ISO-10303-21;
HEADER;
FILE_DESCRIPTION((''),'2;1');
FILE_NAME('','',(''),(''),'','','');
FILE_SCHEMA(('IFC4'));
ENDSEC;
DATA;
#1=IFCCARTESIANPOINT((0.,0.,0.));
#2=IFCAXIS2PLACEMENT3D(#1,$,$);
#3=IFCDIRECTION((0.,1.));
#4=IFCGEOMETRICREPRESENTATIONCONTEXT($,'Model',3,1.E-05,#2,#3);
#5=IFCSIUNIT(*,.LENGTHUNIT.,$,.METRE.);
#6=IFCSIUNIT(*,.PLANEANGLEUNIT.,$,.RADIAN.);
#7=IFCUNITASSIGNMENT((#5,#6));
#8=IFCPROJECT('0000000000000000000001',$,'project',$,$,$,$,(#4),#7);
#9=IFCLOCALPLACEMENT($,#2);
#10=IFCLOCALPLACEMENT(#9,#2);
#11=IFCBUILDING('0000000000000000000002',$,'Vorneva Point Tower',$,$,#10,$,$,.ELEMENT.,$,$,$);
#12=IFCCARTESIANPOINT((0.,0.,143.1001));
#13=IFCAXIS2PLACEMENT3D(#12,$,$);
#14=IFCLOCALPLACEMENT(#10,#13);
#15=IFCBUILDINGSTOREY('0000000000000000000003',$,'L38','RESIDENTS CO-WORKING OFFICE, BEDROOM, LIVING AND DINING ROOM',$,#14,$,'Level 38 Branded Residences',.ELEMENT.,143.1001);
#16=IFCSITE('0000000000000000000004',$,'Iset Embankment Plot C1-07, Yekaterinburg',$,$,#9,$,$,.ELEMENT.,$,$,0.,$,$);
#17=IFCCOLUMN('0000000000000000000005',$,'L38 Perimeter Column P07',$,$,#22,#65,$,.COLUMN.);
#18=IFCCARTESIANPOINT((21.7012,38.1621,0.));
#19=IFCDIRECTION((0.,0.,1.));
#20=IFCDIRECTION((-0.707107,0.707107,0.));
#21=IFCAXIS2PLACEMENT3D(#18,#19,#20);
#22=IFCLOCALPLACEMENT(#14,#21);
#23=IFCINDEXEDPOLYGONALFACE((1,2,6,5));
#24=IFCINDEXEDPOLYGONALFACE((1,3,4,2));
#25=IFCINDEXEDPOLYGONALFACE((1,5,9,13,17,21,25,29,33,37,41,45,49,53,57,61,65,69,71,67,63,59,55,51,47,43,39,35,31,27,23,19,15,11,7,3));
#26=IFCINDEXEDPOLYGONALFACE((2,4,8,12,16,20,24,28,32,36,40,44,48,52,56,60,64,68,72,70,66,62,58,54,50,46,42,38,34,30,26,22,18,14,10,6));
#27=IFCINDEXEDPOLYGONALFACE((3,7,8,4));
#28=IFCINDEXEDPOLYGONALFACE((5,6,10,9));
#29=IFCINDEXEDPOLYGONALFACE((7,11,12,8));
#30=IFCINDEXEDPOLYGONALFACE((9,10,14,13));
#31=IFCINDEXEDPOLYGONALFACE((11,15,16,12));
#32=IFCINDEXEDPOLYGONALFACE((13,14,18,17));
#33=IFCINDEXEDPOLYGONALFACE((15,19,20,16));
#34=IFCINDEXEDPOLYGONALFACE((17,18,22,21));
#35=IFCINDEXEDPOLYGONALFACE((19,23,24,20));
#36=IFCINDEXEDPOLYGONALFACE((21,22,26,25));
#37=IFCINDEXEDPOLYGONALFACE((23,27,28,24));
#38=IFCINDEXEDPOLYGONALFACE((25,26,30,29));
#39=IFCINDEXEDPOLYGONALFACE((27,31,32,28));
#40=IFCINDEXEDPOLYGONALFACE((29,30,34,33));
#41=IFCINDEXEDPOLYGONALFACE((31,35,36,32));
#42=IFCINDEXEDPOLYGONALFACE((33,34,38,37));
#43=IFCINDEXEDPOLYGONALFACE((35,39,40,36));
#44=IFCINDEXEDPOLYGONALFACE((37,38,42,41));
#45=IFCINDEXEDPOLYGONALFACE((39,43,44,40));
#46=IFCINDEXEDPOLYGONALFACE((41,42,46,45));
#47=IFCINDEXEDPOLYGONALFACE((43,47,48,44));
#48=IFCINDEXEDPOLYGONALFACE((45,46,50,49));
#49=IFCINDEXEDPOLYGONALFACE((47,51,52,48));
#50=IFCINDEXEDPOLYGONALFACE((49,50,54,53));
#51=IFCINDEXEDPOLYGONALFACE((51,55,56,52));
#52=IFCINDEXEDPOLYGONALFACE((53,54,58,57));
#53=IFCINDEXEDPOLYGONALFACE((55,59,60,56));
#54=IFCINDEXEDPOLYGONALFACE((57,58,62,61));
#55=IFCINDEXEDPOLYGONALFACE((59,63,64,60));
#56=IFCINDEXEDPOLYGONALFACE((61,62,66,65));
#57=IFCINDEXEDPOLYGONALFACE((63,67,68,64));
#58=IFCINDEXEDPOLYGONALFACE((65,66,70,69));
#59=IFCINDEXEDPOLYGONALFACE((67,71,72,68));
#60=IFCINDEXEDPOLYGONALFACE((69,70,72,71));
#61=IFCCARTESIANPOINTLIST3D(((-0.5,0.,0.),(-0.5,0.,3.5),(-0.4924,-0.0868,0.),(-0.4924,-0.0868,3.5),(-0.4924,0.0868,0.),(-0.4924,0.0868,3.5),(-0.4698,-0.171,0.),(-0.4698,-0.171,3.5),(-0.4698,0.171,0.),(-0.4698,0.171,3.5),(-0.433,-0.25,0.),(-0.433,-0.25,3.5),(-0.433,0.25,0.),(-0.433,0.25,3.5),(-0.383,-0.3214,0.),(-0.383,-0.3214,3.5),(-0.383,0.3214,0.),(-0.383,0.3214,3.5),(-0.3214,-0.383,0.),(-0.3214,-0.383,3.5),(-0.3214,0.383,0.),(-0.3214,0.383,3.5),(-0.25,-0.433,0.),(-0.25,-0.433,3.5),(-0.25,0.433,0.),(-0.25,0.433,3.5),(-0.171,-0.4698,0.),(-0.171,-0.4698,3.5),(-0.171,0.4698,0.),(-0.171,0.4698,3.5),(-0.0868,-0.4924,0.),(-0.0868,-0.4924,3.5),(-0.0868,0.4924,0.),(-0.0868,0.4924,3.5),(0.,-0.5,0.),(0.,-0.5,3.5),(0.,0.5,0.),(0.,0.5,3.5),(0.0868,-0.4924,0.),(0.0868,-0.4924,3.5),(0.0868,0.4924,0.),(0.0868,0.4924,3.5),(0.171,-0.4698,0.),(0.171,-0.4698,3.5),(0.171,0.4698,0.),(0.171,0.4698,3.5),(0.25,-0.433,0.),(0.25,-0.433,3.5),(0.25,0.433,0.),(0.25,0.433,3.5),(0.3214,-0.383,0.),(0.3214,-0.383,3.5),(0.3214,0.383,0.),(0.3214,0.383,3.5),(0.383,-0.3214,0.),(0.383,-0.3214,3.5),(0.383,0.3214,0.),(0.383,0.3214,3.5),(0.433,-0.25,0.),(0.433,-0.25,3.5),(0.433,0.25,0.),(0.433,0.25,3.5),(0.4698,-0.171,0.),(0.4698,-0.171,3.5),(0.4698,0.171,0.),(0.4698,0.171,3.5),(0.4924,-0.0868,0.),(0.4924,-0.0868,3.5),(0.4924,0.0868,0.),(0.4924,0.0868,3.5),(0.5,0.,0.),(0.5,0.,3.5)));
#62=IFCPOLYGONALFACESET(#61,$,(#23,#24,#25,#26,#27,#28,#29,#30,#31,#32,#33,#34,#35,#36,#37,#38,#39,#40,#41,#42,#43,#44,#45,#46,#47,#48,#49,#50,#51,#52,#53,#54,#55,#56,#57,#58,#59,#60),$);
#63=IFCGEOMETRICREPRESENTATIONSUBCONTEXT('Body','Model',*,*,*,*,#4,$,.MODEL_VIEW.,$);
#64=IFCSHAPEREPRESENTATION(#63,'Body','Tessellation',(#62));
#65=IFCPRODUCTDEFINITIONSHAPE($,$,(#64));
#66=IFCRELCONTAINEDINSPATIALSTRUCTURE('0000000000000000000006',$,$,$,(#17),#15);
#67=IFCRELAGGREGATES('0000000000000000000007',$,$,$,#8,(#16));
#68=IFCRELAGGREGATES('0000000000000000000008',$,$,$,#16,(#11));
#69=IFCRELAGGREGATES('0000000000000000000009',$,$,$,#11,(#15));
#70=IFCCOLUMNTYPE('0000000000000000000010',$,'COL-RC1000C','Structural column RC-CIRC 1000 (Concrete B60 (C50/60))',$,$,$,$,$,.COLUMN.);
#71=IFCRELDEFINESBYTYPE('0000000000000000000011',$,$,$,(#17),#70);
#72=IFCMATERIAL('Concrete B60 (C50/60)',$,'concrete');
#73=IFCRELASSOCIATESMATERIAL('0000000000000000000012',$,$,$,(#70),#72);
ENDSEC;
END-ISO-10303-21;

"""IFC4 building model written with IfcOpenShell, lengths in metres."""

from ifc_helpers import new_model, si_unit, direction, frame, origin, origin_2d, place, context, subcontext, project, spatial, circle, extrude, material, material_profile, profile_set, type_object, element, save


model = new_model("IFC4")

# Units and contexts
model_context = context("Model", 3, precision=1e-05, world=origin(), true_north=direction((0.0, 1.0)))
body_context = subcontext(model_context, "Body", "Model", "MODEL_VIEW")
ifc_project = project(units=[si_unit("LENGTHUNIT", "METRE"), si_unit("PLANEANGLEUNIT", "RADIAN")], contexts=[model_context])

# Site, building, storey
site_placement = place(None, origin())
site = spatial("IfcSite", under=ifc_project, at=site_placement, Name="Iset Embankment Plot C1-07, Yekaterinburg", CompositionType="ELEMENT", RefElevation=0.0)
building_placement = place(site_placement, origin())
building = spatial("IfcBuilding", under=site, at=building_placement, Name="Vorneva Point Tower", CompositionType="ELEMENT")
storey_placement = place(building_placement, frame((0.0, 0.0, 143.1001)))
storey = spatial("IfcBuildingStorey", under=building, at=storey_placement, Name="L38", Description="RESIDENTS CO-WORKING OFFICE, BEDROOM, LIVING AND DINING ROOM", LongName="Level 38 Branded Residences", CompositionType="ELEMENT", Elevation=143.1001)

# Column
ifc_material_1 = material(Name="Concrete B60 (C50/60)", Category="concrete")
ifc_material_profile_1 = material_profile(ifc_material_1, circle(Radius=0.5, at=origin_2d()), Name="RC-CIRC 1000")
ifc_profile_set_1 = profile_set([ifc_material_profile_1], Name="Concrete B60 (C50/60)")
column_type_1 = type_object("IfcColumnType", Name="COL-RC1000C", Description="Structural column RC-CIRC 1000 (Concrete B60 (C50/60))", PredefinedType="COLUMN", material=ifc_profile_set_1)
column_1_placement = place(storey_placement, frame((21.7012, 38.1621, 0.0), z_axis=(0.0, 0.0, 1.0), x_axis=(-0.707107, 0.707107, 0.0)))
element("IfcColumn", 1, at=column_1_placement, inside=storey, type_object=column_type_1, Name="L38 Perimeter Column P07", PredefinedType="COLUMN", context=body_context, shape_type="SweptSolid", body=[
    extrude(circle(Radius=0.5, at=origin_2d()), origin(), (0.0, 0.0, 1.0), 3.5),
])

save(model, "model.ifc")
